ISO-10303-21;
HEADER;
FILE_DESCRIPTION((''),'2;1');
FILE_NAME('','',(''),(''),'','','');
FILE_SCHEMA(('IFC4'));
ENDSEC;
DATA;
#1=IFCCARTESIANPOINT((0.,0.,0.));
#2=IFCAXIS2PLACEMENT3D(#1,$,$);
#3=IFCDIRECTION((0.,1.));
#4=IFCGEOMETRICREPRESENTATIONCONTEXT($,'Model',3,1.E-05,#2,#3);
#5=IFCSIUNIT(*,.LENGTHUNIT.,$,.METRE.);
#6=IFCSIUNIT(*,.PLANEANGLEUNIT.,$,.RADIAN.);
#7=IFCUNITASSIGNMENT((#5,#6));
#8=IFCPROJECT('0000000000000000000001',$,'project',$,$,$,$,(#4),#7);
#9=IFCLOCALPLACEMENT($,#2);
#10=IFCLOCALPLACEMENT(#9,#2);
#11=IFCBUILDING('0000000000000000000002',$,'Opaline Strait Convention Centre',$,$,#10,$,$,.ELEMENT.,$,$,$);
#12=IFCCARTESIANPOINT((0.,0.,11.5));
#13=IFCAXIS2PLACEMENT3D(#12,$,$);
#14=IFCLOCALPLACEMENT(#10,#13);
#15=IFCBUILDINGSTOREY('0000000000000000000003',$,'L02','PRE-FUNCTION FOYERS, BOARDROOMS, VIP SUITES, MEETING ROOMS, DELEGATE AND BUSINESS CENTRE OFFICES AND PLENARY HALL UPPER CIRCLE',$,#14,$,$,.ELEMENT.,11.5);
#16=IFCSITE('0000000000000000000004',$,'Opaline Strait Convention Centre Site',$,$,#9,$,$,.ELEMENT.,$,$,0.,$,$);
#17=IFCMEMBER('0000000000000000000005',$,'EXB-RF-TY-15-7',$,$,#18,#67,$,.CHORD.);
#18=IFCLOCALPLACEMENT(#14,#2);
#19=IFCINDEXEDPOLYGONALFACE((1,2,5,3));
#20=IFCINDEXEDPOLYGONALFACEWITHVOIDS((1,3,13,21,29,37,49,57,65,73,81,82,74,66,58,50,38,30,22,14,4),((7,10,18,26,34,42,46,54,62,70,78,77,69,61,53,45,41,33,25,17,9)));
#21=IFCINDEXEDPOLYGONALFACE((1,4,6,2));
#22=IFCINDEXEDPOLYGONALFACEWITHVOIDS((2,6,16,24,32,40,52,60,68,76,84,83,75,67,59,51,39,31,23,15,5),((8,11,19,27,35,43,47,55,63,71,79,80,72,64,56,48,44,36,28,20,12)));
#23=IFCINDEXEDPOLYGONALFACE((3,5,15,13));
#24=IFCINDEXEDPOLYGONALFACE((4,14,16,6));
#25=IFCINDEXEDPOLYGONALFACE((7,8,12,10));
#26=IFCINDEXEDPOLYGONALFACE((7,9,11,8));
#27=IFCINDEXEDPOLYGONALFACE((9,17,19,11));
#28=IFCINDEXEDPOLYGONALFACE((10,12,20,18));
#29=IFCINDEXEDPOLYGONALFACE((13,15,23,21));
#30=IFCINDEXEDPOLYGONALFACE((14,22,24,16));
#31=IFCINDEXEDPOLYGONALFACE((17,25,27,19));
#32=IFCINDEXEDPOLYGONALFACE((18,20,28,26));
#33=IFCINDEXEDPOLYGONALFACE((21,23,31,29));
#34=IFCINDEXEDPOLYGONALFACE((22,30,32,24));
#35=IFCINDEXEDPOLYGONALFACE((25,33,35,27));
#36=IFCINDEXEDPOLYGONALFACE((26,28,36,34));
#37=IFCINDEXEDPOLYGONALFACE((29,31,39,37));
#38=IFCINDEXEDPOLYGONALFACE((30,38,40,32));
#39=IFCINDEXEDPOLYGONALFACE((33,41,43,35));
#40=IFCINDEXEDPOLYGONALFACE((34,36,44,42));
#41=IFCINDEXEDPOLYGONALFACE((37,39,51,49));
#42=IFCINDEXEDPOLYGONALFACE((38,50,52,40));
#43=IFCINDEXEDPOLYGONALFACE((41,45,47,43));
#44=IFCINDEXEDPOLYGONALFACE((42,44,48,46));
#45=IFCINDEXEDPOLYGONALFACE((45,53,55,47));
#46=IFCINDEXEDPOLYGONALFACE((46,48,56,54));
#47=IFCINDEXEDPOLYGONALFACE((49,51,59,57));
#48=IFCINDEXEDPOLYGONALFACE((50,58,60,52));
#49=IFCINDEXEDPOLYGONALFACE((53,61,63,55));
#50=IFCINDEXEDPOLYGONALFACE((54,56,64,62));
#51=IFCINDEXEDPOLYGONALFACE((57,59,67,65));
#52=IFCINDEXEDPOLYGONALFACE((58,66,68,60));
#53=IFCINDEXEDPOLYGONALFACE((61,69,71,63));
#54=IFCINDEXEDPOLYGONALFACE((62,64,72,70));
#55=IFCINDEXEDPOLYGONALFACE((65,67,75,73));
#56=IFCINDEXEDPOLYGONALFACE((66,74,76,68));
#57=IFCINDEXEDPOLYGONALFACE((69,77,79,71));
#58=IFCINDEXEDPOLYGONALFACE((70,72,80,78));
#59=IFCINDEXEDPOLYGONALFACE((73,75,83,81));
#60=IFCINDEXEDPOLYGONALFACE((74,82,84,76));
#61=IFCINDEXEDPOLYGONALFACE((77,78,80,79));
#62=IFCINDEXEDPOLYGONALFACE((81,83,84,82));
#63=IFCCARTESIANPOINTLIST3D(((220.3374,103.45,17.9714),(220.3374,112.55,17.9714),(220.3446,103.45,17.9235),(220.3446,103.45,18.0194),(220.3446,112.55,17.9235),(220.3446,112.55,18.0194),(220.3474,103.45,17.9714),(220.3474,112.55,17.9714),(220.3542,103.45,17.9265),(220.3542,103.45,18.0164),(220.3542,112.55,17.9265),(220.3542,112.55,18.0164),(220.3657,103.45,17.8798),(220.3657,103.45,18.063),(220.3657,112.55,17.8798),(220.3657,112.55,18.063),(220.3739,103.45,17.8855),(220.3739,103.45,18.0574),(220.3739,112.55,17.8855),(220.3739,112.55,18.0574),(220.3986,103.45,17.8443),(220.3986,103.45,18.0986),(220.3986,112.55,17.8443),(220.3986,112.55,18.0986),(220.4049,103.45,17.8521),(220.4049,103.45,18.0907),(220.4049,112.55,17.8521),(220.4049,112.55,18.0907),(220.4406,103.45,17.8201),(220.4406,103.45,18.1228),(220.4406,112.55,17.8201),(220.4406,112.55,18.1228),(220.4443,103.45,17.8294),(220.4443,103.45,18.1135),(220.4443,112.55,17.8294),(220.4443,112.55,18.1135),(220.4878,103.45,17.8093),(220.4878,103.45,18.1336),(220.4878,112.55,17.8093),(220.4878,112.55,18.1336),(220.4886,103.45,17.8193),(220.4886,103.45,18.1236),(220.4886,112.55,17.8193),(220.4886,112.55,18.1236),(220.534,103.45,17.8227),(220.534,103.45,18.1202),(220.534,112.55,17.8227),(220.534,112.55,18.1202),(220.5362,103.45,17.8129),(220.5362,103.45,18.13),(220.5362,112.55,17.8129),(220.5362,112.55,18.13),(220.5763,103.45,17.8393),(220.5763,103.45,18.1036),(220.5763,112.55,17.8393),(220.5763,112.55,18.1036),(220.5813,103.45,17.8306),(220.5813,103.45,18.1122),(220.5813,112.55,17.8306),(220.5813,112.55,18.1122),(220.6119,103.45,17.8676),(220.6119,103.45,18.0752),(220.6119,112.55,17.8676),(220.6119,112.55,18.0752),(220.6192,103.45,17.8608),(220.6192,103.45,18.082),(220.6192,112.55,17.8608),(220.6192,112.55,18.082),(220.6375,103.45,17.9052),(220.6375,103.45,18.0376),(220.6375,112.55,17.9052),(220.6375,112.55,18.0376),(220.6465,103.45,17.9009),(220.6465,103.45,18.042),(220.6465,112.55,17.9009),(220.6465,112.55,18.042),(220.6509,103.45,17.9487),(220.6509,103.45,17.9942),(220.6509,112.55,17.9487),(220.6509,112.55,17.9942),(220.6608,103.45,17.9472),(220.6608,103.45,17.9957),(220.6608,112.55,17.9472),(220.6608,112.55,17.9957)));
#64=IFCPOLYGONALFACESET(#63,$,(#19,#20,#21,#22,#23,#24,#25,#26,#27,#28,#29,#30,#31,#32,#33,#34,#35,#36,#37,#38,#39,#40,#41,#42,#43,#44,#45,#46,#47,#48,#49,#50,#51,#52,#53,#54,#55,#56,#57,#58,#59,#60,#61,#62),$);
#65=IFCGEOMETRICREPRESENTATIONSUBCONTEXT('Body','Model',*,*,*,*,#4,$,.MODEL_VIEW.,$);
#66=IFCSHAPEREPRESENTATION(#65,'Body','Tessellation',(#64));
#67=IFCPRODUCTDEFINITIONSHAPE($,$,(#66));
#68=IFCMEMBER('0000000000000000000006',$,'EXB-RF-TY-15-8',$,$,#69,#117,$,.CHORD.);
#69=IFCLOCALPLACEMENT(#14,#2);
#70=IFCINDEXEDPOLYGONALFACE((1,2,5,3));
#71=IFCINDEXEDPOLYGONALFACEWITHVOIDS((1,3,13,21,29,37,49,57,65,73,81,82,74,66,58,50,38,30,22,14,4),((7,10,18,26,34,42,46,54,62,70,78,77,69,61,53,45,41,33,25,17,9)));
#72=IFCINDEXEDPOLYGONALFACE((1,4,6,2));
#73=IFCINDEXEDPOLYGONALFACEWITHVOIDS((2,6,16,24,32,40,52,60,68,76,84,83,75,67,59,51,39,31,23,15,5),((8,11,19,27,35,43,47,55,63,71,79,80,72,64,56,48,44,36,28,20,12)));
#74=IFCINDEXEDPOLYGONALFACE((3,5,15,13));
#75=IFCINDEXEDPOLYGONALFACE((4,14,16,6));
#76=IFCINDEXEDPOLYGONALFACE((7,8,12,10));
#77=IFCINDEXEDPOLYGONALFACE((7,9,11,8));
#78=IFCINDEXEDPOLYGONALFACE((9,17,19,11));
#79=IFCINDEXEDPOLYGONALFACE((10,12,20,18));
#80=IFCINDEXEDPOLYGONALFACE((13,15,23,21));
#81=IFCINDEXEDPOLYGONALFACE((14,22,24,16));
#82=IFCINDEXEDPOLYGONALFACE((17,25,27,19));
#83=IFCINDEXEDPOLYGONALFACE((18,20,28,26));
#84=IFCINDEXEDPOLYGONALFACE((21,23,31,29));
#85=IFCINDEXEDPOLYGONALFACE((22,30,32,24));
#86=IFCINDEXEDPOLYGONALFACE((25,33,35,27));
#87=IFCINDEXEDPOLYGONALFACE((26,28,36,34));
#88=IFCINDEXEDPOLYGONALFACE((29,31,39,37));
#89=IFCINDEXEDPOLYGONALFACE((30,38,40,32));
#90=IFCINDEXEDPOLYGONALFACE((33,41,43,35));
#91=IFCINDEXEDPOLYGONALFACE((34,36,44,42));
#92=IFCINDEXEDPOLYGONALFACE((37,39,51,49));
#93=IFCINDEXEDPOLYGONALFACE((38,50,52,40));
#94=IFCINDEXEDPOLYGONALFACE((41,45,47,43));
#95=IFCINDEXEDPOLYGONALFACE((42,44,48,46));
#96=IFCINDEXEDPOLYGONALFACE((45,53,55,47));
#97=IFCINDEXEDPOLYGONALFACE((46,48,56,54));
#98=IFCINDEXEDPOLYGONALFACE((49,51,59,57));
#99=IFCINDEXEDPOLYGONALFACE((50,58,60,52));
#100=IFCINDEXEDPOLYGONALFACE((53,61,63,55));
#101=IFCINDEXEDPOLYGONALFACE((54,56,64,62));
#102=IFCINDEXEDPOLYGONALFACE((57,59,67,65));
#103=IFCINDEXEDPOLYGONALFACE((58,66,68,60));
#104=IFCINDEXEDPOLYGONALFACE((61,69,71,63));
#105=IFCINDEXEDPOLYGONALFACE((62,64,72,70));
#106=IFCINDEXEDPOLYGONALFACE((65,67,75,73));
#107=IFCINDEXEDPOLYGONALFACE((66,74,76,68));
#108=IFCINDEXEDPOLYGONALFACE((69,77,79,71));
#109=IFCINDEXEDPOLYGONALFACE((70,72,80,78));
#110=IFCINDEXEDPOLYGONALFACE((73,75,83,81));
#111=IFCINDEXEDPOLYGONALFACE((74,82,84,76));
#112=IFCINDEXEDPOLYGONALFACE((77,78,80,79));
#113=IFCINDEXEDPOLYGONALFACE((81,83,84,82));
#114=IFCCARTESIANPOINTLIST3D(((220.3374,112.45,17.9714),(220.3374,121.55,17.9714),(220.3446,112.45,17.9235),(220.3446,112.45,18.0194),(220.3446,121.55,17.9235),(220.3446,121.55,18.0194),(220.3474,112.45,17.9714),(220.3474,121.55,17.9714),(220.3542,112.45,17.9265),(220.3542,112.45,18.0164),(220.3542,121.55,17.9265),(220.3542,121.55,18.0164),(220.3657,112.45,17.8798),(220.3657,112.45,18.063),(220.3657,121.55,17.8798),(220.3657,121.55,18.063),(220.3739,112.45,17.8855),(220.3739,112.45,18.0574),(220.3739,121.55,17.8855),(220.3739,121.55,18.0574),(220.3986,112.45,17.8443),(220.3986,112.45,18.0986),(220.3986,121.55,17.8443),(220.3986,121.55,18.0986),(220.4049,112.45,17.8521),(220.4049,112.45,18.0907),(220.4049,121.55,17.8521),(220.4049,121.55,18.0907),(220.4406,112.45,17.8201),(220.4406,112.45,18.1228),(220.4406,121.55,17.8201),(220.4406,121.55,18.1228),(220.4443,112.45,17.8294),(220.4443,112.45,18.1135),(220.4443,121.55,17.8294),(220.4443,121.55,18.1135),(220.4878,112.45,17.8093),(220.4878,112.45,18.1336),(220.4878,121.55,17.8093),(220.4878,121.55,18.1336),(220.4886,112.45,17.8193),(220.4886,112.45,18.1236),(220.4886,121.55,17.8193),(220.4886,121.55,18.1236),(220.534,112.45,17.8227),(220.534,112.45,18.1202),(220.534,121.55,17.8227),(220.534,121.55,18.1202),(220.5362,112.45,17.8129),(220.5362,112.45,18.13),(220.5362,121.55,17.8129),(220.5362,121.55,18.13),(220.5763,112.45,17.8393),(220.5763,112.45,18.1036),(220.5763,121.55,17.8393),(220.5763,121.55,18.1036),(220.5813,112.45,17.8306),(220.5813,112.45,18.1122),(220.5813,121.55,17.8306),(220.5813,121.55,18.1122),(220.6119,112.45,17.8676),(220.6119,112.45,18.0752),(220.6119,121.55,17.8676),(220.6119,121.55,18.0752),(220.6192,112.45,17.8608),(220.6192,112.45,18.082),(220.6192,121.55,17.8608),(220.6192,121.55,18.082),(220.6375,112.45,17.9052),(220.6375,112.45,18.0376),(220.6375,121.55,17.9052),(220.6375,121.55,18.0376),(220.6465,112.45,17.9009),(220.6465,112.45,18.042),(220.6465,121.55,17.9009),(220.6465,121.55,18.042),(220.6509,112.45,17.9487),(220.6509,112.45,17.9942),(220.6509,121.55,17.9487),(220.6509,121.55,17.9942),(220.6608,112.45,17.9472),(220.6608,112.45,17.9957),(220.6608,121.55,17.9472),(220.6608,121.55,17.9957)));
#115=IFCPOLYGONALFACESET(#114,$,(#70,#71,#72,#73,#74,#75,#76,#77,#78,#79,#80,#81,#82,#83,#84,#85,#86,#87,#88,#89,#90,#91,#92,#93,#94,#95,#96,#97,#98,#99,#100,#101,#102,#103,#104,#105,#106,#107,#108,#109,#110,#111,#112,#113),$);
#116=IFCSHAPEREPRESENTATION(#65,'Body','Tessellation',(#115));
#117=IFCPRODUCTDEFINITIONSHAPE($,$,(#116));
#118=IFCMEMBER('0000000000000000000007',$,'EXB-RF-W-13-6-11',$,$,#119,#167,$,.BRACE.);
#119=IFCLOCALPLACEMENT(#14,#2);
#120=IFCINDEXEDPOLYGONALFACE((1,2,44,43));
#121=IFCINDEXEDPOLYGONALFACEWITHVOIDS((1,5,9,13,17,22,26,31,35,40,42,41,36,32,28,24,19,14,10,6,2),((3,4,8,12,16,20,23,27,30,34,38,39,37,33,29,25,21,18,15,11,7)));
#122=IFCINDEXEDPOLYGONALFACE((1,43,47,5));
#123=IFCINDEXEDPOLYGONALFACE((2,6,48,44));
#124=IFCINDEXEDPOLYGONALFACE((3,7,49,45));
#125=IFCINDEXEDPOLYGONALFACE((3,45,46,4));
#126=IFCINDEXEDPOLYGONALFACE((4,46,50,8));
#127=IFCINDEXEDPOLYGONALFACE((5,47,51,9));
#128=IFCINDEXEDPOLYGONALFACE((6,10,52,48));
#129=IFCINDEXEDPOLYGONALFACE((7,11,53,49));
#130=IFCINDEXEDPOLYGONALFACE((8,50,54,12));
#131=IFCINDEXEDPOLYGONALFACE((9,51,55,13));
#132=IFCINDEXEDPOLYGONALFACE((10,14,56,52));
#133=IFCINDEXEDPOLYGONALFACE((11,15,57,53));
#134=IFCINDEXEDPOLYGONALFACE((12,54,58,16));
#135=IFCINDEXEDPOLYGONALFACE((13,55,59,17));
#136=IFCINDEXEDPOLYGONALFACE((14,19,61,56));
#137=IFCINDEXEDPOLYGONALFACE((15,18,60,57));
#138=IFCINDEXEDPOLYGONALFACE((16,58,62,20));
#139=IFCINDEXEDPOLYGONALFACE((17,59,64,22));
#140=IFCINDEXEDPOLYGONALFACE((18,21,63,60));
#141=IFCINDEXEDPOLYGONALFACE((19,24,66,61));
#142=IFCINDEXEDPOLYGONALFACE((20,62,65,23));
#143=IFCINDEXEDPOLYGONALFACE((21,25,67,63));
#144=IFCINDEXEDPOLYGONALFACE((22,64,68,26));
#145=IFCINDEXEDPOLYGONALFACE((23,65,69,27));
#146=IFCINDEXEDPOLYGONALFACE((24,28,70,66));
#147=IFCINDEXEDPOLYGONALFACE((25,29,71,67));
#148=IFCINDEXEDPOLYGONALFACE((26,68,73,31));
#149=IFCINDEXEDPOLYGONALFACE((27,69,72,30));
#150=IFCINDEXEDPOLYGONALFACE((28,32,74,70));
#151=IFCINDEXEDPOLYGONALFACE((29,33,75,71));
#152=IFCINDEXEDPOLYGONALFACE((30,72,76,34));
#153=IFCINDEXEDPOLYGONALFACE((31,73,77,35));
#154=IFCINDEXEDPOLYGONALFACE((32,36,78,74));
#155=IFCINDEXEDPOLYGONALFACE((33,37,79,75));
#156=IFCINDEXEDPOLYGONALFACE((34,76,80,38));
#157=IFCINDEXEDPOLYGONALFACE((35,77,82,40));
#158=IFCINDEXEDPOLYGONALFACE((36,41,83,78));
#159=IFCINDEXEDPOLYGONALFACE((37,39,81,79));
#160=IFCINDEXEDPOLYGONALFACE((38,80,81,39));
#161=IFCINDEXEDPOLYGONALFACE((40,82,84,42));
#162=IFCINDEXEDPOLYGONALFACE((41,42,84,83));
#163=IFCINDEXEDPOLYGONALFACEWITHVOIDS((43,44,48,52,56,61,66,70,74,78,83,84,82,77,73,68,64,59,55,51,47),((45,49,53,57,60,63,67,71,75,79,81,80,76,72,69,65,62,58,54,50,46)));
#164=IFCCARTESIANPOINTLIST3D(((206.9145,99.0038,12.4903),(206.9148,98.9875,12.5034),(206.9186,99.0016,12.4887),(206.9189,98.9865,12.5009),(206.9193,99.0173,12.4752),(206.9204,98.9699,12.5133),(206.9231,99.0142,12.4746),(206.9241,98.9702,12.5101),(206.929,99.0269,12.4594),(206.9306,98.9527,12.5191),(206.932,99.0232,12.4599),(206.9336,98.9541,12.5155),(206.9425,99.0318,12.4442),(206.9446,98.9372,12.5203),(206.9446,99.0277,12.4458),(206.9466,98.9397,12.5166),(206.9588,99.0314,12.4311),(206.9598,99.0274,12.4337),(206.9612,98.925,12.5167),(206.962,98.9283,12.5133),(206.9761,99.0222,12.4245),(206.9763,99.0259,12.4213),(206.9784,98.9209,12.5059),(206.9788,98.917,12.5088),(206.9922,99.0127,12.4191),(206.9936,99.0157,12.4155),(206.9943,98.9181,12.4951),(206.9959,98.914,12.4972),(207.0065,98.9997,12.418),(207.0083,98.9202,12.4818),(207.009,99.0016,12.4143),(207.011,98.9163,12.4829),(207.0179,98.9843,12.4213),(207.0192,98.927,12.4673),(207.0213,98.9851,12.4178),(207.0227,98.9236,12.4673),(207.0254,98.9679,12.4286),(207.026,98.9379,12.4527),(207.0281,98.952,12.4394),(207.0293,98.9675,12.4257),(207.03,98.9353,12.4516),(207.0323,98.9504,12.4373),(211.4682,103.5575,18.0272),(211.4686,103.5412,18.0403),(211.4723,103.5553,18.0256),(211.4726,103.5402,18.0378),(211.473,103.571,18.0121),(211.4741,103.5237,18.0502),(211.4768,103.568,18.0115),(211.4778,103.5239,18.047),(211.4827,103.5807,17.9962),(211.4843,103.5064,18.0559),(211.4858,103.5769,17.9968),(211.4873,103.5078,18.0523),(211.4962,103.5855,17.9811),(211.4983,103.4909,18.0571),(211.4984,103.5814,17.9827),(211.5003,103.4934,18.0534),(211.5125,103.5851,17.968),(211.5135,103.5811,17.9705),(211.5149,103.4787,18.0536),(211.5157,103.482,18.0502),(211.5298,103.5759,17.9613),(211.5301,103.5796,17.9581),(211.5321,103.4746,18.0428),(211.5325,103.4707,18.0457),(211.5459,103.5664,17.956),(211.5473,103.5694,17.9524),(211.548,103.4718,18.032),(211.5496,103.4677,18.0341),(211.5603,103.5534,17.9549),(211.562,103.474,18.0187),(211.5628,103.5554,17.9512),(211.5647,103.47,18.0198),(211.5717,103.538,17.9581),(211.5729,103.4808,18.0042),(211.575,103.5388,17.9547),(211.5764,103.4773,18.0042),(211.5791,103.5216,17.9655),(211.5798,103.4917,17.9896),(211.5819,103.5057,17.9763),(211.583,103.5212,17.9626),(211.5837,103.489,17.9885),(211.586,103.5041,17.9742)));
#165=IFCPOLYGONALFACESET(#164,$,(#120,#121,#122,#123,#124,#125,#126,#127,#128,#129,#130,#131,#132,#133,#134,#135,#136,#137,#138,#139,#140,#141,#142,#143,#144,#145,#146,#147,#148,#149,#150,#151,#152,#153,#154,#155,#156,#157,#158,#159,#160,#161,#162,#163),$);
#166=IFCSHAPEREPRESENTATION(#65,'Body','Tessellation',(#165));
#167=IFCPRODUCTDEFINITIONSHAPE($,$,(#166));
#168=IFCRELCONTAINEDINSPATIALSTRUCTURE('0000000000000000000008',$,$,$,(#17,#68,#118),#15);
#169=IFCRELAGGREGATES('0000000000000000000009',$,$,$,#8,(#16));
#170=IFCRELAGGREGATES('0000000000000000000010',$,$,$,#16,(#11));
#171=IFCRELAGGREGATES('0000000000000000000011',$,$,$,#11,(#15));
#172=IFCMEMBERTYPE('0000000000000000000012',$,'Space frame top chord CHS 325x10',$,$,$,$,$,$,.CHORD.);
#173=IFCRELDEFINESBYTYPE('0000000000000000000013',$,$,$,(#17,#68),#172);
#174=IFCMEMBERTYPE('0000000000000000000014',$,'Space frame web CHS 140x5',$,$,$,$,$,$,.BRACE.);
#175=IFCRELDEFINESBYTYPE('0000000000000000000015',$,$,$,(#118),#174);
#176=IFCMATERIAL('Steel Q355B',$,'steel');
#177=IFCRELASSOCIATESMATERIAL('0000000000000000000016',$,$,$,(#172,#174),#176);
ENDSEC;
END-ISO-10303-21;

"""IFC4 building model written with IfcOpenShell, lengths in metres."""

from ifc_helpers import new_model, si_unit, direction, frame, origin, origin_2d, place, context, subcontext, project, spatial, hollow_circle, extrude, material, material_profile, profile_set, type_object, element, save


model = new_model("IFC4")

# Units and contexts
model_context = context("Model", 3, precision=1e-05, world=origin(), true_north=direction((0.0, 1.0)))
body_context = subcontext(model_context, "Body", "Model", "MODEL_VIEW")
ifc_project = project(units=[si_unit("LENGTHUNIT", "METRE"), si_unit("PLANEANGLEUNIT", "RADIAN")], contexts=[model_context])

# Site, building, storey
site_placement = place(None, origin())
site = spatial("IfcSite", under=ifc_project, at=site_placement, Name="Opaline Strait Convention Centre Site", CompositionType="ELEMENT", RefElevation=0.0)
building_placement = place(site_placement, origin())
building = spatial("IfcBuilding", under=site, at=building_placement, Name="Opaline Strait Convention Centre", CompositionType="ELEMENT")
storey_placement = place(building_placement, frame((0.0, 0.0, 11.5)))
storey = spatial("IfcBuildingStorey", under=building, at=storey_placement, Name="L02", Description="PRE-FUNCTION FOYERS, BOARDROOMS, VIP SUITES, MEETING ROOMS, DELEGATE AND BUSINESS CENTRE OFFICES AND PLENARY HALL UPPER CIRCLE", CompositionType="ELEMENT", Elevation=11.5)

# Members
ifc_material = material(Name="Steel Q355B", Category="steel")
ifc_material_profile_1 = material_profile(ifc_material, hollow_circle(Radius=0.1626, WallThickness=0.01, at=origin_2d()), Name="CHS 325x10")
ifc_profile_set_1 = profile_set([ifc_material_profile_1], Name="Steel Q355B")
member_type_1 = type_object("IfcMemberType", Name="Space frame top chord CHS 325x10", PredefinedType="CHORD", material=ifc_profile_set_1)
for number, where, z_axis, x_axis, name in (
    (1, (220.5, 103.45, 17.9714), (0.0, 1.0, 0.0), (-1.0, 0.0, 0.0), "EXB-RF-TY-15-7"),
    (2, (220.5, 112.45, 17.9714), (0.0, 1.0, 0.0), (-1.0, 0.0, 0.0), "EXB-RF-TY-15-8"),
):
    element("IfcMember", number, at=place(storey_placement, frame(where, z_axis=z_axis, x_axis=x_axis)), inside=storey, type_object=member_type_1, Name=name, PredefinedType="CHORD", context=body_context, shape_type="SweptSolid", body=[
        extrude(hollow_circle(Radius=0.1626, WallThickness=0.01, at=origin_2d()), origin(), (0.0, 0.0, 1.0), 9.1001),
    ])
ifc_material_profile_2 = material_profile(ifc_material, hollow_circle(Radius=0.0701, WallThickness=0.0049, at=origin_2d()), Name="CHS 140x5")
ifc_profile_set_2 = profile_set([ifc_material_profile_2], Name="Steel Q355B")
member_type_2 = type_object("IfcMemberType", Name="Space frame web CHS 140x5", PredefinedType="BRACE", material=ifc_profile_set_2)
for number, where, z_axis, x_axis, name in (
    (3, (211.5269, 103.5269, 18.0042), (-0.536178, -0.536178, -0.65194), (0.707107, -0.707107, 0.0), "EXB-RF-W-13-6-11"),
):
    element("IfcMember", number, at=place(storey_placement, frame(where, z_axis=z_axis, x_axis=x_axis)), inside=storey, type_object=member_type_2, Name=name, PredefinedType="BRACE", context=body_context, shape_type="SweptSolid", body=[
        extrude(hollow_circle(Radius=0.0701, WallThickness=0.0049, at=origin_2d()), origin(), (0.0, 0.0, 1.0), 8.4929),
    ])

save(model, "model.ifc")
